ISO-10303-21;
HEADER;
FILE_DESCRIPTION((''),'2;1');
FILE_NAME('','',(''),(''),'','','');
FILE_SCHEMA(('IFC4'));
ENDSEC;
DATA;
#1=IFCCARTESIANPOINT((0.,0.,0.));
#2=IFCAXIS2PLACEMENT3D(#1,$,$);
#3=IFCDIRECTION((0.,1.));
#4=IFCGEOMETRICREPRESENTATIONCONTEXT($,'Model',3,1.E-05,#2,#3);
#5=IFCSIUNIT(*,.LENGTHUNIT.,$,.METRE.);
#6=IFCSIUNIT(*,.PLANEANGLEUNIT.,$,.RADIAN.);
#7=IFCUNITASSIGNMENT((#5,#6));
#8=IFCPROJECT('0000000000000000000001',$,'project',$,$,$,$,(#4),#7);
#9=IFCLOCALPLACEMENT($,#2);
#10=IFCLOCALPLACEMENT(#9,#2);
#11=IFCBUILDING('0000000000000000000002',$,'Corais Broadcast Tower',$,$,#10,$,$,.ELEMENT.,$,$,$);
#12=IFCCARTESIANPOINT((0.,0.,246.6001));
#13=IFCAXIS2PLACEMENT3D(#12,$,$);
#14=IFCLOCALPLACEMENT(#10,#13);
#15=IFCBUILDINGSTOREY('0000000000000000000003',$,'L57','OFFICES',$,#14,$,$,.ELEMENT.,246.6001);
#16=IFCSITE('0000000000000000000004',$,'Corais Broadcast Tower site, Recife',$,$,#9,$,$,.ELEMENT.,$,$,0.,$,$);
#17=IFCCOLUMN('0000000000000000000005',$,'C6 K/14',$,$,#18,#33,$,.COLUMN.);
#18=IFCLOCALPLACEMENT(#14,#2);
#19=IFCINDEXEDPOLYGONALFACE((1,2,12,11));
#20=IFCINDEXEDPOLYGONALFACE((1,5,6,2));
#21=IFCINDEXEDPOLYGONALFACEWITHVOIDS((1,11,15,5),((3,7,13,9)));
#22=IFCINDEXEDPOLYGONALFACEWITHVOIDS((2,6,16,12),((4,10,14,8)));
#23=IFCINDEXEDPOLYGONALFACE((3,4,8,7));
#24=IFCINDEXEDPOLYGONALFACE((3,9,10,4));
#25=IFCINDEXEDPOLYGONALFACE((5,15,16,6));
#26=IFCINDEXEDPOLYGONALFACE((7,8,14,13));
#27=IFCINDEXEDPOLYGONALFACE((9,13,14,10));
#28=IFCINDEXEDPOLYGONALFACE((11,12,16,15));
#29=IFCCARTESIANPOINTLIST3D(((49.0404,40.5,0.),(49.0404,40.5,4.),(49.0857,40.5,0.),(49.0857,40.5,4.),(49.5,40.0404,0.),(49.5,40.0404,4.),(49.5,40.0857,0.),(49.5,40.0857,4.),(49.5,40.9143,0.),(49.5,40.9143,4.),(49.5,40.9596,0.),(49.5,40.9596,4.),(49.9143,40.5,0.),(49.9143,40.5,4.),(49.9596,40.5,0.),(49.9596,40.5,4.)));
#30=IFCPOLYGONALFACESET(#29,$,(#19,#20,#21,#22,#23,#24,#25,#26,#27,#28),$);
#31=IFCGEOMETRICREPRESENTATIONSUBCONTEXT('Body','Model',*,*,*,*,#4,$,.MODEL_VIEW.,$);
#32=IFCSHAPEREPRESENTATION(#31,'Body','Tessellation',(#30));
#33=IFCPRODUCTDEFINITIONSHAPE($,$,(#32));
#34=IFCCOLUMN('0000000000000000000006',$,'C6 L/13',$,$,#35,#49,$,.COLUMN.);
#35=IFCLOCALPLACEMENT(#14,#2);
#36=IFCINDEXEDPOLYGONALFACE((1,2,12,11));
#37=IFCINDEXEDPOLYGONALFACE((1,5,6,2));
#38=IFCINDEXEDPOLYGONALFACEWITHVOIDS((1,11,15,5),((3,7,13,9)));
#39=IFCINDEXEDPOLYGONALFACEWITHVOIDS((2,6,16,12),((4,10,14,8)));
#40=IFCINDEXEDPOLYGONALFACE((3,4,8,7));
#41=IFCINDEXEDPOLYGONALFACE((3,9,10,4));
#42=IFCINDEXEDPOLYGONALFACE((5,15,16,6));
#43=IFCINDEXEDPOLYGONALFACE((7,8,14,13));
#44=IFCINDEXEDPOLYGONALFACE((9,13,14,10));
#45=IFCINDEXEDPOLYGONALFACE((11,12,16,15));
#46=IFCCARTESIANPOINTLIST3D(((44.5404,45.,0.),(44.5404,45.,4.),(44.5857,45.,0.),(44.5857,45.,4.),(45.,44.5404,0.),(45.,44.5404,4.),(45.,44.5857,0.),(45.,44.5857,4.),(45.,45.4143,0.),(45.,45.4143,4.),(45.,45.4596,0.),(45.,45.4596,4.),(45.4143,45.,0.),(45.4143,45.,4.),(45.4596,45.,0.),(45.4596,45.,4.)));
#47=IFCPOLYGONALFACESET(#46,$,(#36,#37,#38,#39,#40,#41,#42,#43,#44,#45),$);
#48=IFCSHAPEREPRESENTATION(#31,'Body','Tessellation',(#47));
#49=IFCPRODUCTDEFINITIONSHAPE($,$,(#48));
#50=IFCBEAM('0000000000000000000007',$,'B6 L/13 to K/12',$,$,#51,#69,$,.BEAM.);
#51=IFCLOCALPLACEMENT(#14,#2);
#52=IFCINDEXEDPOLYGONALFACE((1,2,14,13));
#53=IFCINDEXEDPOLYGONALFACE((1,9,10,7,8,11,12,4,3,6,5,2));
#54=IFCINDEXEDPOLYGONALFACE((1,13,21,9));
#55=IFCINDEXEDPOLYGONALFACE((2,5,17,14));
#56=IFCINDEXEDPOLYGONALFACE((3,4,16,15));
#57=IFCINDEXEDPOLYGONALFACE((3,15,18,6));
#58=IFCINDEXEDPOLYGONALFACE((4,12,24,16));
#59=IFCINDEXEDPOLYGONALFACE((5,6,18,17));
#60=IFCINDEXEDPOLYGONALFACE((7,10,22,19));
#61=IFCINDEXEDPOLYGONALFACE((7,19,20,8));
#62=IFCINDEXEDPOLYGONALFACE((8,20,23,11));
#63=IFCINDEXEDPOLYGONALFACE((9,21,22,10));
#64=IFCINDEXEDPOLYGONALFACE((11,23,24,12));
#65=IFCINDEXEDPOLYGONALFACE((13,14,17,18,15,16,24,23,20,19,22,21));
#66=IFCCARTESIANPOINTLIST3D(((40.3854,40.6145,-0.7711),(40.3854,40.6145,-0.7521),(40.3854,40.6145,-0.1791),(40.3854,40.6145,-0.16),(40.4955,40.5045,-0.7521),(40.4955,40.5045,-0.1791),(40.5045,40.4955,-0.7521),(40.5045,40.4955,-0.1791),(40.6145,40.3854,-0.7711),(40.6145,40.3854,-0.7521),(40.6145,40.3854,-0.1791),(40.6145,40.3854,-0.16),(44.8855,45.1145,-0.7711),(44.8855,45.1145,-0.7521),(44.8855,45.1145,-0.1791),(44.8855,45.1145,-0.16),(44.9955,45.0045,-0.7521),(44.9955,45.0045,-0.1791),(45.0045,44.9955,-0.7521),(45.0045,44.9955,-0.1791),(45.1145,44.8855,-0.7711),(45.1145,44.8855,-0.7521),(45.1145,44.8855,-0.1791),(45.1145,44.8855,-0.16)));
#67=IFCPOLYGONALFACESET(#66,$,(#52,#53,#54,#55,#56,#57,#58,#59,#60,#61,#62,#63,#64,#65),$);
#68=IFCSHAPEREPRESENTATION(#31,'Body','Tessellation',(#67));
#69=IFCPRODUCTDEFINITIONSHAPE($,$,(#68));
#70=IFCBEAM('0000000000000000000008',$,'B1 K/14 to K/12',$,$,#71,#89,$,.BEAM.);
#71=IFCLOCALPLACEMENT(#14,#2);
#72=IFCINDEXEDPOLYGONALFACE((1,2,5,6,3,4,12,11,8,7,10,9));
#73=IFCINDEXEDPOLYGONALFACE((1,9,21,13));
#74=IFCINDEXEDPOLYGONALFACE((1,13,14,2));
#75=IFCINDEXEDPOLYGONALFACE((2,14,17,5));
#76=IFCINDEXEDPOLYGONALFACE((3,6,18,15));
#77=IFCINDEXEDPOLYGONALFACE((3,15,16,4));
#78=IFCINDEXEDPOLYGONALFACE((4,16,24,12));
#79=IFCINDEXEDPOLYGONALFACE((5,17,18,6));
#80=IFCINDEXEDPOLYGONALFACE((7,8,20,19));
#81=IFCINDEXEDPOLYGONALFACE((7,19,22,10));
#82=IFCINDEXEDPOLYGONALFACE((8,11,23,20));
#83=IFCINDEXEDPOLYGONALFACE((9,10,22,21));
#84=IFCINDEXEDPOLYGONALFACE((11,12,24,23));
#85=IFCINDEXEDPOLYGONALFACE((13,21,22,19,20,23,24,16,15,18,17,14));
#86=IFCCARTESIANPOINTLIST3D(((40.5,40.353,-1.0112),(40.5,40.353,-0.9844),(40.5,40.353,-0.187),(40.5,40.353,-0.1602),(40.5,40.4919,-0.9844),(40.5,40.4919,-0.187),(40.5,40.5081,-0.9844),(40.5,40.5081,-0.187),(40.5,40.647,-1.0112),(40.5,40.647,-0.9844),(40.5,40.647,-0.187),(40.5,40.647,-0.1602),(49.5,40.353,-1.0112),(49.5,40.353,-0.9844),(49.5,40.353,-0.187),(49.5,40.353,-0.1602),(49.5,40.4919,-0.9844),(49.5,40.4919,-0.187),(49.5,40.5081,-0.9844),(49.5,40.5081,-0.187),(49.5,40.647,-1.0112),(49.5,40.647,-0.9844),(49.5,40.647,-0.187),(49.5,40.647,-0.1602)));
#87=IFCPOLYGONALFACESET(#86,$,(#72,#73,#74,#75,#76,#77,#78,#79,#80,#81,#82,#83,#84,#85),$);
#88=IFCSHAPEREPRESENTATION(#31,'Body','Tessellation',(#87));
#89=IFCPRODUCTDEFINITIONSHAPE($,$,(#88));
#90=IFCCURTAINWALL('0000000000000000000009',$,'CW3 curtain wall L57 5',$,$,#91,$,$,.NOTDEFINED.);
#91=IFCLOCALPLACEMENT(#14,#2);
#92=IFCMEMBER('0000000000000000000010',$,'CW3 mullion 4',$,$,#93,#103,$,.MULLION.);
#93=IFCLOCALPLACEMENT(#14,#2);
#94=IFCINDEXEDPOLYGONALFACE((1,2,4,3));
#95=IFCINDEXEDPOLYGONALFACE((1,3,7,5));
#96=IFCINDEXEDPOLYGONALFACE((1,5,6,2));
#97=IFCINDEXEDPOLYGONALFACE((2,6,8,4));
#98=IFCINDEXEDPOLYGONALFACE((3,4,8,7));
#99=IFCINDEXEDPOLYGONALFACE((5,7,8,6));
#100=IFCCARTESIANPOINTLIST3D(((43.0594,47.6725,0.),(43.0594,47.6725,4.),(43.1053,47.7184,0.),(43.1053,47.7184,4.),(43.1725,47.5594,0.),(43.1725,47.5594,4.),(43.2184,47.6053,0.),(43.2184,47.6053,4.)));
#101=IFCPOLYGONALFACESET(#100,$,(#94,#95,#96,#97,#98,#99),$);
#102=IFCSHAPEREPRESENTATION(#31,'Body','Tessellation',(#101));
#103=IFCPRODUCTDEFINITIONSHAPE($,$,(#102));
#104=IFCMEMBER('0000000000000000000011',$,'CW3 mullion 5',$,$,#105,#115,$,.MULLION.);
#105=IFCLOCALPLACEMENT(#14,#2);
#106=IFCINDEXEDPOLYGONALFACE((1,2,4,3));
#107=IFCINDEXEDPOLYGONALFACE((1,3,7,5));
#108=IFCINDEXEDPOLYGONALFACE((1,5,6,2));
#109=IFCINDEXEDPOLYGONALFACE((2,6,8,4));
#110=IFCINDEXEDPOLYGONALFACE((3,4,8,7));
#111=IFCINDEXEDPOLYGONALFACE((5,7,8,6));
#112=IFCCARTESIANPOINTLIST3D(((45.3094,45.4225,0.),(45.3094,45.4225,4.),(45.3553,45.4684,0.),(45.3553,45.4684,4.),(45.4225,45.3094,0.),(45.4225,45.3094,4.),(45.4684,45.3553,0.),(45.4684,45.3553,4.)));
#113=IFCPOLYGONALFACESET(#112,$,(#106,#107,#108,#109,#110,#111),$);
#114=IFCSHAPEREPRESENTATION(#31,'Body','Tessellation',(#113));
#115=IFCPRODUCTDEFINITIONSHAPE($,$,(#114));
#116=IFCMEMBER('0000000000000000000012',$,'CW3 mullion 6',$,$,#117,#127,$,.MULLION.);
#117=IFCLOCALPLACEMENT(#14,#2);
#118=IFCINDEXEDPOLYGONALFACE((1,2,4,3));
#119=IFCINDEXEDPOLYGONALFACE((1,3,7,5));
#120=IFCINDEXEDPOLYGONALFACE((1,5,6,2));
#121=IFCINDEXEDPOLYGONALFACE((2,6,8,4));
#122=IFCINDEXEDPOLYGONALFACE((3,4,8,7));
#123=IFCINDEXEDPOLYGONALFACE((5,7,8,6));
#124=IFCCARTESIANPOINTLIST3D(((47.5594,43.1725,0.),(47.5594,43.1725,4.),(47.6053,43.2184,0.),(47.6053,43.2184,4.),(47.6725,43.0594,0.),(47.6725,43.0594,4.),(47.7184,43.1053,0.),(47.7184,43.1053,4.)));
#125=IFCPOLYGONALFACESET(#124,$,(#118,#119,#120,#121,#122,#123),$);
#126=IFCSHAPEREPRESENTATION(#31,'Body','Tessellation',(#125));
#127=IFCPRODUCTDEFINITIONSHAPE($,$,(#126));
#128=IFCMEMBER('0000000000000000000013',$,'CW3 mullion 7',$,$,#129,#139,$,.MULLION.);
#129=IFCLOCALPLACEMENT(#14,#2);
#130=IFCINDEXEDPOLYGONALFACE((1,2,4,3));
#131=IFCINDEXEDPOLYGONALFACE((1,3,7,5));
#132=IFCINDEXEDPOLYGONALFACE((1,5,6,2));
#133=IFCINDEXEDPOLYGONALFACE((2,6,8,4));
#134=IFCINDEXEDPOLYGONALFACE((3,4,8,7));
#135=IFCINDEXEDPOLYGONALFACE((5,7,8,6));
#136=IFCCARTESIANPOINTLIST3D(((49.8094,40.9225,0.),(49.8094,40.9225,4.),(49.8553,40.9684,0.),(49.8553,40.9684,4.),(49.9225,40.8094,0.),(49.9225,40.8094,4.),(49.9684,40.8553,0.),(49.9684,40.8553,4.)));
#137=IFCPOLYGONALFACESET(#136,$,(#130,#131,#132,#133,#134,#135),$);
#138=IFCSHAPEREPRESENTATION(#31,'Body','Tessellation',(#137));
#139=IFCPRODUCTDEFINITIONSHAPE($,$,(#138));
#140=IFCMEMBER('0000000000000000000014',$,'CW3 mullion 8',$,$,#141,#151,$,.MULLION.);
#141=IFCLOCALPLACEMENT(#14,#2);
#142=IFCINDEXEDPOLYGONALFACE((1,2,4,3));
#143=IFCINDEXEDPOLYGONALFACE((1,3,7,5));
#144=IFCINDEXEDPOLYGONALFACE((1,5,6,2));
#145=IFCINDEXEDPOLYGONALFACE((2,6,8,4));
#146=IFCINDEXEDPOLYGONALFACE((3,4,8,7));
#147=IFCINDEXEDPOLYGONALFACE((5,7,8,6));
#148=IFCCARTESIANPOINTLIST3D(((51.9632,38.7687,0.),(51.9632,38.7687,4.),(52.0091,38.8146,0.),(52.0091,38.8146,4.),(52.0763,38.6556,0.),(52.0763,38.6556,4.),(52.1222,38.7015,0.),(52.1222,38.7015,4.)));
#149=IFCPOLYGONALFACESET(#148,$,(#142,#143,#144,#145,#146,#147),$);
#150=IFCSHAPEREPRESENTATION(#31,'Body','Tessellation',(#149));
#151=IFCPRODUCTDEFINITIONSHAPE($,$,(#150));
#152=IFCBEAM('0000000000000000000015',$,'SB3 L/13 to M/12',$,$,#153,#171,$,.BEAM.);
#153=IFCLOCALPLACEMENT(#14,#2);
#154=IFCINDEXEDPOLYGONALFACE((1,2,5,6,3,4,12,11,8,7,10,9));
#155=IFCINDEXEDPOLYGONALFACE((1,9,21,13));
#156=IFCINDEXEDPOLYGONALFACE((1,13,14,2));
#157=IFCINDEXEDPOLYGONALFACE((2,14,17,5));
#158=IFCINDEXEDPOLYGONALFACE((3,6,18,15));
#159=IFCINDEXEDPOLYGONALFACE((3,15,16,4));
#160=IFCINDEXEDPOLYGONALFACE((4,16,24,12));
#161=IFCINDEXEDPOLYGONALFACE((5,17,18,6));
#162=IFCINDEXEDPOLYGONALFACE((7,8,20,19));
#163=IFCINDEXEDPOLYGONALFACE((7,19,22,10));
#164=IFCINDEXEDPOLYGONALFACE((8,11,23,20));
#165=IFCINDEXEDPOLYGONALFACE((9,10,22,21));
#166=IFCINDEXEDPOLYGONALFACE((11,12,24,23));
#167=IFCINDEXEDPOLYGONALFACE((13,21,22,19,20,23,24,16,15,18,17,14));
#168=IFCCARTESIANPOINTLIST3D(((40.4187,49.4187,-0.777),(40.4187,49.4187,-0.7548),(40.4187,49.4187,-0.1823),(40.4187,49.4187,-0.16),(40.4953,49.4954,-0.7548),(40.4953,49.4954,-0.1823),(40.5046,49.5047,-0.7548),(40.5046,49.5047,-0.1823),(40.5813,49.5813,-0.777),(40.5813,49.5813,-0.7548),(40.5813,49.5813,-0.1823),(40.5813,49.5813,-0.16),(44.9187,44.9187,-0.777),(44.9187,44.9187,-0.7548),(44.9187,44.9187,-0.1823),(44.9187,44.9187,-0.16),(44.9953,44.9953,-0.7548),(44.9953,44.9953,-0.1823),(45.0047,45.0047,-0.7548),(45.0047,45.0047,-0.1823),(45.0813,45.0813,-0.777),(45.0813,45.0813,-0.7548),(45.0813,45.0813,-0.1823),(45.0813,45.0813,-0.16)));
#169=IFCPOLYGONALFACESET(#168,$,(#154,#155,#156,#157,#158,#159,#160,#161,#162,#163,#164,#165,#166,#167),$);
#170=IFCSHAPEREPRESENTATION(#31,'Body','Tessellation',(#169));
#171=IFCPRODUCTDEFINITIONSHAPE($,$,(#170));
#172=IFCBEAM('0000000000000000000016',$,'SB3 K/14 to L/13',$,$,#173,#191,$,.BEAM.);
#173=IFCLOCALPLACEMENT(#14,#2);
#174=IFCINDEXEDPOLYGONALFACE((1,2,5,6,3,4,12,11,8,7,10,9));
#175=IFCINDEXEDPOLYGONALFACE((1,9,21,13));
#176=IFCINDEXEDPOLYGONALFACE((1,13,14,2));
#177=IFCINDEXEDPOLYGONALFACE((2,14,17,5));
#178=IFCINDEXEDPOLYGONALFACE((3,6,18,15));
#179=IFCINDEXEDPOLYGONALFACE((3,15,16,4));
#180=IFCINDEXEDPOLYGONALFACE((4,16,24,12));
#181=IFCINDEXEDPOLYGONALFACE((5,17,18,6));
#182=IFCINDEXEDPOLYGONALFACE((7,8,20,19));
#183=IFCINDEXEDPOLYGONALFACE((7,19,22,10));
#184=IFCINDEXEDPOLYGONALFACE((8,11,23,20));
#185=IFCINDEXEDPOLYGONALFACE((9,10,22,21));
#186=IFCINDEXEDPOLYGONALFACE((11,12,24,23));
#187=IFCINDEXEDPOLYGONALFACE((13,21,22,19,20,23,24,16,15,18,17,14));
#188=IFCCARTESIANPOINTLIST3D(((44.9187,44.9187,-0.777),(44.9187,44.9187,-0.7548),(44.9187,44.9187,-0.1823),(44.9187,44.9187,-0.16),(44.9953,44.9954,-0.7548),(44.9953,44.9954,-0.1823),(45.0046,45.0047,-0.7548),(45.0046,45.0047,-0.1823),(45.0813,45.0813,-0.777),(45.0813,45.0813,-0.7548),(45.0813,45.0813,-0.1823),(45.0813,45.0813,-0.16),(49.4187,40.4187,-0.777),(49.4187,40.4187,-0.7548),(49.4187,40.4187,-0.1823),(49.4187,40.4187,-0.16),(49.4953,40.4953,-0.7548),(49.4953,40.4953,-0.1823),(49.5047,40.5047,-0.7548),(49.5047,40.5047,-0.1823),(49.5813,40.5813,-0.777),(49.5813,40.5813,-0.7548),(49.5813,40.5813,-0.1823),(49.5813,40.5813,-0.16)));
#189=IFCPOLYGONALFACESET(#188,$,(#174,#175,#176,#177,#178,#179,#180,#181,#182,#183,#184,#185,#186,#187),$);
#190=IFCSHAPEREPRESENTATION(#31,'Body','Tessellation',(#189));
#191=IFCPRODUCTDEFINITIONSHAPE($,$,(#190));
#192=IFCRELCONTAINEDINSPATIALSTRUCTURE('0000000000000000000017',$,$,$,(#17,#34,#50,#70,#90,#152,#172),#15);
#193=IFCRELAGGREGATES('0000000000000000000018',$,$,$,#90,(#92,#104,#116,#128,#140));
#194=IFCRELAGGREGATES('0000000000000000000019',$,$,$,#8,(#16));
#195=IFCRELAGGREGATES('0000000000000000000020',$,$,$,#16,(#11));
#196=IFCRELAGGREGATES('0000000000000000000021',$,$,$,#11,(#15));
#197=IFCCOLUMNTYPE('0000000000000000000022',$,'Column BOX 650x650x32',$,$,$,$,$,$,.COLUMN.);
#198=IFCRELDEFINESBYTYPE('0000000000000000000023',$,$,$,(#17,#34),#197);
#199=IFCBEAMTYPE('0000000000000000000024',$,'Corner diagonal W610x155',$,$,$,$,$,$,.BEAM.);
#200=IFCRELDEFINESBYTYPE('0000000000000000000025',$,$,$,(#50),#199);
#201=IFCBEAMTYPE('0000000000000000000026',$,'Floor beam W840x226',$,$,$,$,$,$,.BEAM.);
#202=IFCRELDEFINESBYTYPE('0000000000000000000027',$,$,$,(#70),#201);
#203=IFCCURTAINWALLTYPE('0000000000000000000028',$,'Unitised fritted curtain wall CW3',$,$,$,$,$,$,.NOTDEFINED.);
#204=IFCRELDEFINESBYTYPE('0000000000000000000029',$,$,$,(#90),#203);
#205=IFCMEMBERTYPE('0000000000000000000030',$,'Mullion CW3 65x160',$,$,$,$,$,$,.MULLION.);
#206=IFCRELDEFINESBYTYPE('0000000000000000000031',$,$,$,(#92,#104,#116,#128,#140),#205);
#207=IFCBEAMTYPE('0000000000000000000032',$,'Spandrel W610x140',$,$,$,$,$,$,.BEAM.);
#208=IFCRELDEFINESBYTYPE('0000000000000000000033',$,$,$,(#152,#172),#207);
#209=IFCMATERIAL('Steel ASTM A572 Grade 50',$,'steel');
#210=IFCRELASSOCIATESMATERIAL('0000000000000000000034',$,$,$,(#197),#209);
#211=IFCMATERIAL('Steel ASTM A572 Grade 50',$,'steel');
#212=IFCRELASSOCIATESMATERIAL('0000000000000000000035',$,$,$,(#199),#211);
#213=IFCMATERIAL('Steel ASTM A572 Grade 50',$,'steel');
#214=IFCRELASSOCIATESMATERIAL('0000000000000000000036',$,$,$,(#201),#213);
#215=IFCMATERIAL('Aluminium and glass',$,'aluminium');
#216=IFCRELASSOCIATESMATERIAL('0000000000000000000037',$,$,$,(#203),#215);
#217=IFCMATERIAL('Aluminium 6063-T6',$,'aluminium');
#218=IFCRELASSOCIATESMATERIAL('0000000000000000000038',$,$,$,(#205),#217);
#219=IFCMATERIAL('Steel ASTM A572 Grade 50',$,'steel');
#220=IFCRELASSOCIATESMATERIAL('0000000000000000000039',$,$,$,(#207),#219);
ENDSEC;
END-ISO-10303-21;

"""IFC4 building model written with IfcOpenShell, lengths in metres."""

from ifc_helpers import new_model, si_unit, direction, frame, origin, origin_2d, place, context, subcontext, project, spatial, rectangle, hollow_rectangle, i_section, extrude, material, material_profile, profile_set, type_object, element, aggregate, save


model = new_model("IFC4")

# Units and contexts
model_context = context("Model", 3, precision=1e-05, world=origin(), true_north=direction((0.0, 1.0)))
body_context = subcontext(model_context, "Body", "Model", "MODEL_VIEW")
ifc_project = project(units=[si_unit("LENGTHUNIT", "METRE"), si_unit("PLANEANGLEUNIT", "RADIAN")], contexts=[model_context])

# Site, building, storey
site_placement = place(None, origin())
site = spatial("IfcSite", under=ifc_project, at=site_placement, Name="Corais Broadcast Tower site, Recife", CompositionType="ELEMENT", RefElevation=0.0)
building_placement = place(site_placement, origin())
building = spatial("IfcBuilding", under=site, at=building_placement, Name="Corais Broadcast Tower", CompositionType="ELEMENT")
storey_placement = place(building_placement, frame((0.0, 0.0, 246.6001)))
storey = spatial("IfcBuildingStorey", under=building, at=storey_placement, Name="L57", Description="OFFICES", CompositionType="ELEMENT", Elevation=246.6001)

# Columns
ifc_material_1 = material(Name="Steel ASTM A572 Grade 50", Category="steel")
ifc_material_profile_1 = material_profile(ifc_material_1, hollow_rectangle(XDim=0.6499, YDim=0.6499, WallThickness=0.032, at=origin_2d()), Name="BOX 650x650x32")
ifc_profile_set_1 = profile_set([ifc_material_profile_1], Name="Steel ASTM A572 Grade 50")
column_type = type_object("IfcColumnType", Name="Column BOX 650x650x32", PredefinedType="COLUMN", material=ifc_profile_set_1)
for number, where, z_axis, x_axis, name in (
    (1, (49.5, 40.5, 0.0), (0.0, 0.0, 1.0), (0.707107, 0.707107, 0.0), "C6 K/14"),
    (2, (45.0, 45.0, 0.0), (0.0, 0.0, 1.0), (0.707107, 0.707107, 0.0), "C6 L/13"),
):
    element("IfcColumn", number, at=place(storey_placement, frame(where, z_axis=z_axis, x_axis=x_axis)), inside=storey, type_object=column_type, Name=name, PredefinedType="COLUMN", context=body_context, shape_type="SweptSolid", body=[
        extrude(hollow_rectangle(XDim=0.6499, YDim=0.6499, WallThickness=0.032, at=origin_2d()), origin(), (0.0, 0.0, 1.0), 4.0),
    ])

# Beams
ifc_material_2 = material(Name="Steel ASTM A572 Grade 50", Category="steel")
ifc_material_profile_2 = material_profile(ifc_material_2, i_section(OverallWidth=0.324, OverallDepth=0.6111, WebThickness=0.0127, FlangeThickness=0.019, at=origin_2d()), Name="W610x155")
ifc_profile_set_2 = profile_set([ifc_material_profile_2], Name="Steel ASTM A572 Grade 50")
beam_type_1 = type_object("IfcBeamType", Name="Corner diagonal W610x155", PredefinedType="BEAM", material=ifc_profile_set_2)
beam_1_placement = place(storey_placement, frame((45.0, 45.0, -0.4656), z_axis=(-0.707107, -0.707107, 0.0), x_axis=(0.707107, -0.707107, 0.0)))
element("IfcBeam", 3, at=beam_1_placement, inside=storey, type_object=beam_type_1, Name="B6 L/13 to K/12", PredefinedType="BEAM", context=body_context, shape_type="SweptSolid", body=[
    extrude(i_section(OverallWidth=0.324, OverallDepth=0.6111, WebThickness=0.0127, FlangeThickness=0.019, at=origin_2d()), origin(), (0.0, 0.0, 1.0), 6.364),
])
ifc_material_3 = material(Name="Steel ASTM A572 Grade 50", Category="steel")
ifc_material_profile_3 = material_profile(ifc_material_3, i_section(OverallWidth=0.2939, OverallDepth=0.8511, WebThickness=0.0161, FlangeThickness=0.0269, at=origin_2d()), Name="W840x226")
ifc_profile_set_3 = profile_set([ifc_material_profile_3], Name="Steel ASTM A572 Grade 50")
beam_type_2 = type_object("IfcBeamType", Name="Floor beam W840x226", PredefinedType="BEAM", material=ifc_profile_set_3)
beam_2_placement = place(storey_placement, frame((49.5, 40.5, -0.5857), z_axis=(-1.0, 0.0, 0.0), x_axis=(0.0, -1.0, 0.0)))
element("IfcBeam", 4, at=beam_2_placement, inside=storey, type_object=beam_type_2, Name="B1 K/14 to K/12", PredefinedType="BEAM", context=body_context, shape_type="SweptSolid", body=[
    extrude(i_section(OverallWidth=0.2939, OverallDepth=0.8511, WebThickness=0.0161, FlangeThickness=0.0269, at=origin_2d()), origin(), (0.0, 0.0, 1.0), 9.0),
])

# Curtain wall, members
ifc_material_4 = material(Name="Aluminium and glass", Category="aluminium")
curtain_wall_type = type_object("IfcCurtainWallType", Name="Unitised fritted curtain wall CW3", PredefinedType="NOTDEFINED", material=ifc_material_4)
curtain_wall_placement = place(storey_placement, origin())
curtain_wall = element("IfcCurtainWall", 5, at=curtain_wall_placement, inside=storey, type_object=curtain_wall_type, Name="CW3 curtain wall L57 5", PredefinedType="NOTDEFINED")
ifc_material_5 = material(Name="Aluminium 6063-T6", Category="aluminium")
ifc_material_profile_4 = material_profile(ifc_material_5, rectangle(XDim=0.0649, YDim=0.1599, at=origin_2d()), Name="Mullion CW3 65x160")
ifc_profile_set_4 = profile_set([ifc_material_profile_4], Name="Aluminium 6063-T6")
member_type_1 = type_object("IfcMemberType", Name="Mullion CW3 65x160", PredefinedType="MULLION", material=ifc_profile_set_4)
member_1_placement = place(storey_placement, frame((43.1389, 47.6389, 0.0), z_axis=(0.0, 0.0, 1.0), x_axis=(0.707107, 0.707107, 0.0)))
member_1 = element("IfcMember", 6, at=member_1_placement, type_object=member_type_1, Name="CW3 mullion 4", PredefinedType="MULLION", context=body_context, shape_type="SweptSolid", body=[
    extrude(rectangle(XDim=0.0649, YDim=0.1599, at=origin_2d()), origin(), (0.0, 0.0, 1.0), 4.0),
])
member_2_placement = place(storey_placement, frame((45.3889, 45.3889, 0.0), z_axis=(0.0, 0.0, 1.0), x_axis=(0.707107, 0.707107, 0.0)))
member_2 = element("IfcMember", 7, at=member_2_placement, type_object=member_type_1, Name="CW3 mullion 5", PredefinedType="MULLION", context=body_context, shape_type="SweptSolid", body=[
    extrude(rectangle(XDim=0.0649, YDim=0.1599, at=origin_2d()), origin(), (0.0, 0.0, 1.0), 4.0),
])
member_3_placement = place(storey_placement, frame((47.6389, 43.1389, 0.0), z_axis=(0.0, 0.0, 1.0), x_axis=(0.707107, 0.707107, 0.0)))
member_3 = element("IfcMember", 8, at=member_3_placement, type_object=member_type_1, Name="CW3 mullion 6", PredefinedType="MULLION", context=body_context, shape_type="SweptSolid", body=[
    extrude(rectangle(XDim=0.0649, YDim=0.1599, at=origin_2d()), origin(), (0.0, 0.0, 1.0), 4.0),
])
member_4_placement = place(storey_placement, frame((49.8889, 40.8889, 0.0), z_axis=(0.0, 0.0, 1.0), x_axis=(0.707107, 0.707107, 0.0)))
member_4 = element("IfcMember", 9, at=member_4_placement, type_object=member_type_1, Name="CW3 mullion 7", PredefinedType="MULLION", context=body_context, shape_type="SweptSolid", body=[
    extrude(rectangle(XDim=0.0649, YDim=0.1599, at=origin_2d()), origin(), (0.0, 0.0, 1.0), 4.0),
])
member_5_placement = place(storey_placement, frame((52.0427, 38.7351, 0.0), z_axis=(0.0, 0.0, 1.0), x_axis=(0.707107, 0.707107, 0.0)))
member_5 = element("IfcMember", 10, at=member_5_placement, type_object=member_type_1, Name="CW3 mullion 8", PredefinedType="MULLION", context=body_context, shape_type="SweptSolid", body=[
    extrude(rectangle(XDim=0.0649, YDim=0.1599, at=origin_2d()), origin(), (0.0, 0.0, 1.0), 4.0),
])

# Beams
ifc_material_6 = material(Name="Steel ASTM A572 Grade 50", Category="steel")
ifc_material_profile_5 = material_profile(ifc_material_6, i_section(OverallWidth=0.23, OverallDepth=0.6169, WebThickness=0.0132, FlangeThickness=0.0222, at=origin_2d()), Name="W610x140")
ifc_profile_set_5 = profile_set([ifc_material_profile_5], Name="Steel ASTM A572 Grade 50")
beam_type_3 = type_object("IfcBeamType", Name="Spandrel W610x140", PredefinedType="BEAM", material=ifc_profile_set_5)
for number, where, z_axis, x_axis, name in (
    (11, (45.0, 45.0, -0.4685), (-0.707107, 0.707107, 0.0), (-0.707107, -0.707107, 0.0), "SB3 L/13 to M/12"),
    (12, (49.5, 40.5, -0.4685), (-0.707107, 0.707107, 0.0), (-0.707107, -0.707107, 0.0), "SB3 K/14 to L/13"),
):
    element("IfcBeam", number, at=place(storey_placement, frame(where, z_axis=z_axis, x_axis=x_axis)), inside=storey, type_object=beam_type_3, Name=name, PredefinedType="BEAM", context=body_context, shape_type="SweptSolid", body=[
        extrude(i_section(OverallWidth=0.23, OverallDepth=0.6169, WebThickness=0.0132, FlangeThickness=0.0222, at=origin_2d()), origin(), (0.0, 0.0, 1.0), 6.364),
    ])

aggregate(curtain_wall, [member_1, member_2, member_3, member_4, member_5])

save(model, "model.ifc")
